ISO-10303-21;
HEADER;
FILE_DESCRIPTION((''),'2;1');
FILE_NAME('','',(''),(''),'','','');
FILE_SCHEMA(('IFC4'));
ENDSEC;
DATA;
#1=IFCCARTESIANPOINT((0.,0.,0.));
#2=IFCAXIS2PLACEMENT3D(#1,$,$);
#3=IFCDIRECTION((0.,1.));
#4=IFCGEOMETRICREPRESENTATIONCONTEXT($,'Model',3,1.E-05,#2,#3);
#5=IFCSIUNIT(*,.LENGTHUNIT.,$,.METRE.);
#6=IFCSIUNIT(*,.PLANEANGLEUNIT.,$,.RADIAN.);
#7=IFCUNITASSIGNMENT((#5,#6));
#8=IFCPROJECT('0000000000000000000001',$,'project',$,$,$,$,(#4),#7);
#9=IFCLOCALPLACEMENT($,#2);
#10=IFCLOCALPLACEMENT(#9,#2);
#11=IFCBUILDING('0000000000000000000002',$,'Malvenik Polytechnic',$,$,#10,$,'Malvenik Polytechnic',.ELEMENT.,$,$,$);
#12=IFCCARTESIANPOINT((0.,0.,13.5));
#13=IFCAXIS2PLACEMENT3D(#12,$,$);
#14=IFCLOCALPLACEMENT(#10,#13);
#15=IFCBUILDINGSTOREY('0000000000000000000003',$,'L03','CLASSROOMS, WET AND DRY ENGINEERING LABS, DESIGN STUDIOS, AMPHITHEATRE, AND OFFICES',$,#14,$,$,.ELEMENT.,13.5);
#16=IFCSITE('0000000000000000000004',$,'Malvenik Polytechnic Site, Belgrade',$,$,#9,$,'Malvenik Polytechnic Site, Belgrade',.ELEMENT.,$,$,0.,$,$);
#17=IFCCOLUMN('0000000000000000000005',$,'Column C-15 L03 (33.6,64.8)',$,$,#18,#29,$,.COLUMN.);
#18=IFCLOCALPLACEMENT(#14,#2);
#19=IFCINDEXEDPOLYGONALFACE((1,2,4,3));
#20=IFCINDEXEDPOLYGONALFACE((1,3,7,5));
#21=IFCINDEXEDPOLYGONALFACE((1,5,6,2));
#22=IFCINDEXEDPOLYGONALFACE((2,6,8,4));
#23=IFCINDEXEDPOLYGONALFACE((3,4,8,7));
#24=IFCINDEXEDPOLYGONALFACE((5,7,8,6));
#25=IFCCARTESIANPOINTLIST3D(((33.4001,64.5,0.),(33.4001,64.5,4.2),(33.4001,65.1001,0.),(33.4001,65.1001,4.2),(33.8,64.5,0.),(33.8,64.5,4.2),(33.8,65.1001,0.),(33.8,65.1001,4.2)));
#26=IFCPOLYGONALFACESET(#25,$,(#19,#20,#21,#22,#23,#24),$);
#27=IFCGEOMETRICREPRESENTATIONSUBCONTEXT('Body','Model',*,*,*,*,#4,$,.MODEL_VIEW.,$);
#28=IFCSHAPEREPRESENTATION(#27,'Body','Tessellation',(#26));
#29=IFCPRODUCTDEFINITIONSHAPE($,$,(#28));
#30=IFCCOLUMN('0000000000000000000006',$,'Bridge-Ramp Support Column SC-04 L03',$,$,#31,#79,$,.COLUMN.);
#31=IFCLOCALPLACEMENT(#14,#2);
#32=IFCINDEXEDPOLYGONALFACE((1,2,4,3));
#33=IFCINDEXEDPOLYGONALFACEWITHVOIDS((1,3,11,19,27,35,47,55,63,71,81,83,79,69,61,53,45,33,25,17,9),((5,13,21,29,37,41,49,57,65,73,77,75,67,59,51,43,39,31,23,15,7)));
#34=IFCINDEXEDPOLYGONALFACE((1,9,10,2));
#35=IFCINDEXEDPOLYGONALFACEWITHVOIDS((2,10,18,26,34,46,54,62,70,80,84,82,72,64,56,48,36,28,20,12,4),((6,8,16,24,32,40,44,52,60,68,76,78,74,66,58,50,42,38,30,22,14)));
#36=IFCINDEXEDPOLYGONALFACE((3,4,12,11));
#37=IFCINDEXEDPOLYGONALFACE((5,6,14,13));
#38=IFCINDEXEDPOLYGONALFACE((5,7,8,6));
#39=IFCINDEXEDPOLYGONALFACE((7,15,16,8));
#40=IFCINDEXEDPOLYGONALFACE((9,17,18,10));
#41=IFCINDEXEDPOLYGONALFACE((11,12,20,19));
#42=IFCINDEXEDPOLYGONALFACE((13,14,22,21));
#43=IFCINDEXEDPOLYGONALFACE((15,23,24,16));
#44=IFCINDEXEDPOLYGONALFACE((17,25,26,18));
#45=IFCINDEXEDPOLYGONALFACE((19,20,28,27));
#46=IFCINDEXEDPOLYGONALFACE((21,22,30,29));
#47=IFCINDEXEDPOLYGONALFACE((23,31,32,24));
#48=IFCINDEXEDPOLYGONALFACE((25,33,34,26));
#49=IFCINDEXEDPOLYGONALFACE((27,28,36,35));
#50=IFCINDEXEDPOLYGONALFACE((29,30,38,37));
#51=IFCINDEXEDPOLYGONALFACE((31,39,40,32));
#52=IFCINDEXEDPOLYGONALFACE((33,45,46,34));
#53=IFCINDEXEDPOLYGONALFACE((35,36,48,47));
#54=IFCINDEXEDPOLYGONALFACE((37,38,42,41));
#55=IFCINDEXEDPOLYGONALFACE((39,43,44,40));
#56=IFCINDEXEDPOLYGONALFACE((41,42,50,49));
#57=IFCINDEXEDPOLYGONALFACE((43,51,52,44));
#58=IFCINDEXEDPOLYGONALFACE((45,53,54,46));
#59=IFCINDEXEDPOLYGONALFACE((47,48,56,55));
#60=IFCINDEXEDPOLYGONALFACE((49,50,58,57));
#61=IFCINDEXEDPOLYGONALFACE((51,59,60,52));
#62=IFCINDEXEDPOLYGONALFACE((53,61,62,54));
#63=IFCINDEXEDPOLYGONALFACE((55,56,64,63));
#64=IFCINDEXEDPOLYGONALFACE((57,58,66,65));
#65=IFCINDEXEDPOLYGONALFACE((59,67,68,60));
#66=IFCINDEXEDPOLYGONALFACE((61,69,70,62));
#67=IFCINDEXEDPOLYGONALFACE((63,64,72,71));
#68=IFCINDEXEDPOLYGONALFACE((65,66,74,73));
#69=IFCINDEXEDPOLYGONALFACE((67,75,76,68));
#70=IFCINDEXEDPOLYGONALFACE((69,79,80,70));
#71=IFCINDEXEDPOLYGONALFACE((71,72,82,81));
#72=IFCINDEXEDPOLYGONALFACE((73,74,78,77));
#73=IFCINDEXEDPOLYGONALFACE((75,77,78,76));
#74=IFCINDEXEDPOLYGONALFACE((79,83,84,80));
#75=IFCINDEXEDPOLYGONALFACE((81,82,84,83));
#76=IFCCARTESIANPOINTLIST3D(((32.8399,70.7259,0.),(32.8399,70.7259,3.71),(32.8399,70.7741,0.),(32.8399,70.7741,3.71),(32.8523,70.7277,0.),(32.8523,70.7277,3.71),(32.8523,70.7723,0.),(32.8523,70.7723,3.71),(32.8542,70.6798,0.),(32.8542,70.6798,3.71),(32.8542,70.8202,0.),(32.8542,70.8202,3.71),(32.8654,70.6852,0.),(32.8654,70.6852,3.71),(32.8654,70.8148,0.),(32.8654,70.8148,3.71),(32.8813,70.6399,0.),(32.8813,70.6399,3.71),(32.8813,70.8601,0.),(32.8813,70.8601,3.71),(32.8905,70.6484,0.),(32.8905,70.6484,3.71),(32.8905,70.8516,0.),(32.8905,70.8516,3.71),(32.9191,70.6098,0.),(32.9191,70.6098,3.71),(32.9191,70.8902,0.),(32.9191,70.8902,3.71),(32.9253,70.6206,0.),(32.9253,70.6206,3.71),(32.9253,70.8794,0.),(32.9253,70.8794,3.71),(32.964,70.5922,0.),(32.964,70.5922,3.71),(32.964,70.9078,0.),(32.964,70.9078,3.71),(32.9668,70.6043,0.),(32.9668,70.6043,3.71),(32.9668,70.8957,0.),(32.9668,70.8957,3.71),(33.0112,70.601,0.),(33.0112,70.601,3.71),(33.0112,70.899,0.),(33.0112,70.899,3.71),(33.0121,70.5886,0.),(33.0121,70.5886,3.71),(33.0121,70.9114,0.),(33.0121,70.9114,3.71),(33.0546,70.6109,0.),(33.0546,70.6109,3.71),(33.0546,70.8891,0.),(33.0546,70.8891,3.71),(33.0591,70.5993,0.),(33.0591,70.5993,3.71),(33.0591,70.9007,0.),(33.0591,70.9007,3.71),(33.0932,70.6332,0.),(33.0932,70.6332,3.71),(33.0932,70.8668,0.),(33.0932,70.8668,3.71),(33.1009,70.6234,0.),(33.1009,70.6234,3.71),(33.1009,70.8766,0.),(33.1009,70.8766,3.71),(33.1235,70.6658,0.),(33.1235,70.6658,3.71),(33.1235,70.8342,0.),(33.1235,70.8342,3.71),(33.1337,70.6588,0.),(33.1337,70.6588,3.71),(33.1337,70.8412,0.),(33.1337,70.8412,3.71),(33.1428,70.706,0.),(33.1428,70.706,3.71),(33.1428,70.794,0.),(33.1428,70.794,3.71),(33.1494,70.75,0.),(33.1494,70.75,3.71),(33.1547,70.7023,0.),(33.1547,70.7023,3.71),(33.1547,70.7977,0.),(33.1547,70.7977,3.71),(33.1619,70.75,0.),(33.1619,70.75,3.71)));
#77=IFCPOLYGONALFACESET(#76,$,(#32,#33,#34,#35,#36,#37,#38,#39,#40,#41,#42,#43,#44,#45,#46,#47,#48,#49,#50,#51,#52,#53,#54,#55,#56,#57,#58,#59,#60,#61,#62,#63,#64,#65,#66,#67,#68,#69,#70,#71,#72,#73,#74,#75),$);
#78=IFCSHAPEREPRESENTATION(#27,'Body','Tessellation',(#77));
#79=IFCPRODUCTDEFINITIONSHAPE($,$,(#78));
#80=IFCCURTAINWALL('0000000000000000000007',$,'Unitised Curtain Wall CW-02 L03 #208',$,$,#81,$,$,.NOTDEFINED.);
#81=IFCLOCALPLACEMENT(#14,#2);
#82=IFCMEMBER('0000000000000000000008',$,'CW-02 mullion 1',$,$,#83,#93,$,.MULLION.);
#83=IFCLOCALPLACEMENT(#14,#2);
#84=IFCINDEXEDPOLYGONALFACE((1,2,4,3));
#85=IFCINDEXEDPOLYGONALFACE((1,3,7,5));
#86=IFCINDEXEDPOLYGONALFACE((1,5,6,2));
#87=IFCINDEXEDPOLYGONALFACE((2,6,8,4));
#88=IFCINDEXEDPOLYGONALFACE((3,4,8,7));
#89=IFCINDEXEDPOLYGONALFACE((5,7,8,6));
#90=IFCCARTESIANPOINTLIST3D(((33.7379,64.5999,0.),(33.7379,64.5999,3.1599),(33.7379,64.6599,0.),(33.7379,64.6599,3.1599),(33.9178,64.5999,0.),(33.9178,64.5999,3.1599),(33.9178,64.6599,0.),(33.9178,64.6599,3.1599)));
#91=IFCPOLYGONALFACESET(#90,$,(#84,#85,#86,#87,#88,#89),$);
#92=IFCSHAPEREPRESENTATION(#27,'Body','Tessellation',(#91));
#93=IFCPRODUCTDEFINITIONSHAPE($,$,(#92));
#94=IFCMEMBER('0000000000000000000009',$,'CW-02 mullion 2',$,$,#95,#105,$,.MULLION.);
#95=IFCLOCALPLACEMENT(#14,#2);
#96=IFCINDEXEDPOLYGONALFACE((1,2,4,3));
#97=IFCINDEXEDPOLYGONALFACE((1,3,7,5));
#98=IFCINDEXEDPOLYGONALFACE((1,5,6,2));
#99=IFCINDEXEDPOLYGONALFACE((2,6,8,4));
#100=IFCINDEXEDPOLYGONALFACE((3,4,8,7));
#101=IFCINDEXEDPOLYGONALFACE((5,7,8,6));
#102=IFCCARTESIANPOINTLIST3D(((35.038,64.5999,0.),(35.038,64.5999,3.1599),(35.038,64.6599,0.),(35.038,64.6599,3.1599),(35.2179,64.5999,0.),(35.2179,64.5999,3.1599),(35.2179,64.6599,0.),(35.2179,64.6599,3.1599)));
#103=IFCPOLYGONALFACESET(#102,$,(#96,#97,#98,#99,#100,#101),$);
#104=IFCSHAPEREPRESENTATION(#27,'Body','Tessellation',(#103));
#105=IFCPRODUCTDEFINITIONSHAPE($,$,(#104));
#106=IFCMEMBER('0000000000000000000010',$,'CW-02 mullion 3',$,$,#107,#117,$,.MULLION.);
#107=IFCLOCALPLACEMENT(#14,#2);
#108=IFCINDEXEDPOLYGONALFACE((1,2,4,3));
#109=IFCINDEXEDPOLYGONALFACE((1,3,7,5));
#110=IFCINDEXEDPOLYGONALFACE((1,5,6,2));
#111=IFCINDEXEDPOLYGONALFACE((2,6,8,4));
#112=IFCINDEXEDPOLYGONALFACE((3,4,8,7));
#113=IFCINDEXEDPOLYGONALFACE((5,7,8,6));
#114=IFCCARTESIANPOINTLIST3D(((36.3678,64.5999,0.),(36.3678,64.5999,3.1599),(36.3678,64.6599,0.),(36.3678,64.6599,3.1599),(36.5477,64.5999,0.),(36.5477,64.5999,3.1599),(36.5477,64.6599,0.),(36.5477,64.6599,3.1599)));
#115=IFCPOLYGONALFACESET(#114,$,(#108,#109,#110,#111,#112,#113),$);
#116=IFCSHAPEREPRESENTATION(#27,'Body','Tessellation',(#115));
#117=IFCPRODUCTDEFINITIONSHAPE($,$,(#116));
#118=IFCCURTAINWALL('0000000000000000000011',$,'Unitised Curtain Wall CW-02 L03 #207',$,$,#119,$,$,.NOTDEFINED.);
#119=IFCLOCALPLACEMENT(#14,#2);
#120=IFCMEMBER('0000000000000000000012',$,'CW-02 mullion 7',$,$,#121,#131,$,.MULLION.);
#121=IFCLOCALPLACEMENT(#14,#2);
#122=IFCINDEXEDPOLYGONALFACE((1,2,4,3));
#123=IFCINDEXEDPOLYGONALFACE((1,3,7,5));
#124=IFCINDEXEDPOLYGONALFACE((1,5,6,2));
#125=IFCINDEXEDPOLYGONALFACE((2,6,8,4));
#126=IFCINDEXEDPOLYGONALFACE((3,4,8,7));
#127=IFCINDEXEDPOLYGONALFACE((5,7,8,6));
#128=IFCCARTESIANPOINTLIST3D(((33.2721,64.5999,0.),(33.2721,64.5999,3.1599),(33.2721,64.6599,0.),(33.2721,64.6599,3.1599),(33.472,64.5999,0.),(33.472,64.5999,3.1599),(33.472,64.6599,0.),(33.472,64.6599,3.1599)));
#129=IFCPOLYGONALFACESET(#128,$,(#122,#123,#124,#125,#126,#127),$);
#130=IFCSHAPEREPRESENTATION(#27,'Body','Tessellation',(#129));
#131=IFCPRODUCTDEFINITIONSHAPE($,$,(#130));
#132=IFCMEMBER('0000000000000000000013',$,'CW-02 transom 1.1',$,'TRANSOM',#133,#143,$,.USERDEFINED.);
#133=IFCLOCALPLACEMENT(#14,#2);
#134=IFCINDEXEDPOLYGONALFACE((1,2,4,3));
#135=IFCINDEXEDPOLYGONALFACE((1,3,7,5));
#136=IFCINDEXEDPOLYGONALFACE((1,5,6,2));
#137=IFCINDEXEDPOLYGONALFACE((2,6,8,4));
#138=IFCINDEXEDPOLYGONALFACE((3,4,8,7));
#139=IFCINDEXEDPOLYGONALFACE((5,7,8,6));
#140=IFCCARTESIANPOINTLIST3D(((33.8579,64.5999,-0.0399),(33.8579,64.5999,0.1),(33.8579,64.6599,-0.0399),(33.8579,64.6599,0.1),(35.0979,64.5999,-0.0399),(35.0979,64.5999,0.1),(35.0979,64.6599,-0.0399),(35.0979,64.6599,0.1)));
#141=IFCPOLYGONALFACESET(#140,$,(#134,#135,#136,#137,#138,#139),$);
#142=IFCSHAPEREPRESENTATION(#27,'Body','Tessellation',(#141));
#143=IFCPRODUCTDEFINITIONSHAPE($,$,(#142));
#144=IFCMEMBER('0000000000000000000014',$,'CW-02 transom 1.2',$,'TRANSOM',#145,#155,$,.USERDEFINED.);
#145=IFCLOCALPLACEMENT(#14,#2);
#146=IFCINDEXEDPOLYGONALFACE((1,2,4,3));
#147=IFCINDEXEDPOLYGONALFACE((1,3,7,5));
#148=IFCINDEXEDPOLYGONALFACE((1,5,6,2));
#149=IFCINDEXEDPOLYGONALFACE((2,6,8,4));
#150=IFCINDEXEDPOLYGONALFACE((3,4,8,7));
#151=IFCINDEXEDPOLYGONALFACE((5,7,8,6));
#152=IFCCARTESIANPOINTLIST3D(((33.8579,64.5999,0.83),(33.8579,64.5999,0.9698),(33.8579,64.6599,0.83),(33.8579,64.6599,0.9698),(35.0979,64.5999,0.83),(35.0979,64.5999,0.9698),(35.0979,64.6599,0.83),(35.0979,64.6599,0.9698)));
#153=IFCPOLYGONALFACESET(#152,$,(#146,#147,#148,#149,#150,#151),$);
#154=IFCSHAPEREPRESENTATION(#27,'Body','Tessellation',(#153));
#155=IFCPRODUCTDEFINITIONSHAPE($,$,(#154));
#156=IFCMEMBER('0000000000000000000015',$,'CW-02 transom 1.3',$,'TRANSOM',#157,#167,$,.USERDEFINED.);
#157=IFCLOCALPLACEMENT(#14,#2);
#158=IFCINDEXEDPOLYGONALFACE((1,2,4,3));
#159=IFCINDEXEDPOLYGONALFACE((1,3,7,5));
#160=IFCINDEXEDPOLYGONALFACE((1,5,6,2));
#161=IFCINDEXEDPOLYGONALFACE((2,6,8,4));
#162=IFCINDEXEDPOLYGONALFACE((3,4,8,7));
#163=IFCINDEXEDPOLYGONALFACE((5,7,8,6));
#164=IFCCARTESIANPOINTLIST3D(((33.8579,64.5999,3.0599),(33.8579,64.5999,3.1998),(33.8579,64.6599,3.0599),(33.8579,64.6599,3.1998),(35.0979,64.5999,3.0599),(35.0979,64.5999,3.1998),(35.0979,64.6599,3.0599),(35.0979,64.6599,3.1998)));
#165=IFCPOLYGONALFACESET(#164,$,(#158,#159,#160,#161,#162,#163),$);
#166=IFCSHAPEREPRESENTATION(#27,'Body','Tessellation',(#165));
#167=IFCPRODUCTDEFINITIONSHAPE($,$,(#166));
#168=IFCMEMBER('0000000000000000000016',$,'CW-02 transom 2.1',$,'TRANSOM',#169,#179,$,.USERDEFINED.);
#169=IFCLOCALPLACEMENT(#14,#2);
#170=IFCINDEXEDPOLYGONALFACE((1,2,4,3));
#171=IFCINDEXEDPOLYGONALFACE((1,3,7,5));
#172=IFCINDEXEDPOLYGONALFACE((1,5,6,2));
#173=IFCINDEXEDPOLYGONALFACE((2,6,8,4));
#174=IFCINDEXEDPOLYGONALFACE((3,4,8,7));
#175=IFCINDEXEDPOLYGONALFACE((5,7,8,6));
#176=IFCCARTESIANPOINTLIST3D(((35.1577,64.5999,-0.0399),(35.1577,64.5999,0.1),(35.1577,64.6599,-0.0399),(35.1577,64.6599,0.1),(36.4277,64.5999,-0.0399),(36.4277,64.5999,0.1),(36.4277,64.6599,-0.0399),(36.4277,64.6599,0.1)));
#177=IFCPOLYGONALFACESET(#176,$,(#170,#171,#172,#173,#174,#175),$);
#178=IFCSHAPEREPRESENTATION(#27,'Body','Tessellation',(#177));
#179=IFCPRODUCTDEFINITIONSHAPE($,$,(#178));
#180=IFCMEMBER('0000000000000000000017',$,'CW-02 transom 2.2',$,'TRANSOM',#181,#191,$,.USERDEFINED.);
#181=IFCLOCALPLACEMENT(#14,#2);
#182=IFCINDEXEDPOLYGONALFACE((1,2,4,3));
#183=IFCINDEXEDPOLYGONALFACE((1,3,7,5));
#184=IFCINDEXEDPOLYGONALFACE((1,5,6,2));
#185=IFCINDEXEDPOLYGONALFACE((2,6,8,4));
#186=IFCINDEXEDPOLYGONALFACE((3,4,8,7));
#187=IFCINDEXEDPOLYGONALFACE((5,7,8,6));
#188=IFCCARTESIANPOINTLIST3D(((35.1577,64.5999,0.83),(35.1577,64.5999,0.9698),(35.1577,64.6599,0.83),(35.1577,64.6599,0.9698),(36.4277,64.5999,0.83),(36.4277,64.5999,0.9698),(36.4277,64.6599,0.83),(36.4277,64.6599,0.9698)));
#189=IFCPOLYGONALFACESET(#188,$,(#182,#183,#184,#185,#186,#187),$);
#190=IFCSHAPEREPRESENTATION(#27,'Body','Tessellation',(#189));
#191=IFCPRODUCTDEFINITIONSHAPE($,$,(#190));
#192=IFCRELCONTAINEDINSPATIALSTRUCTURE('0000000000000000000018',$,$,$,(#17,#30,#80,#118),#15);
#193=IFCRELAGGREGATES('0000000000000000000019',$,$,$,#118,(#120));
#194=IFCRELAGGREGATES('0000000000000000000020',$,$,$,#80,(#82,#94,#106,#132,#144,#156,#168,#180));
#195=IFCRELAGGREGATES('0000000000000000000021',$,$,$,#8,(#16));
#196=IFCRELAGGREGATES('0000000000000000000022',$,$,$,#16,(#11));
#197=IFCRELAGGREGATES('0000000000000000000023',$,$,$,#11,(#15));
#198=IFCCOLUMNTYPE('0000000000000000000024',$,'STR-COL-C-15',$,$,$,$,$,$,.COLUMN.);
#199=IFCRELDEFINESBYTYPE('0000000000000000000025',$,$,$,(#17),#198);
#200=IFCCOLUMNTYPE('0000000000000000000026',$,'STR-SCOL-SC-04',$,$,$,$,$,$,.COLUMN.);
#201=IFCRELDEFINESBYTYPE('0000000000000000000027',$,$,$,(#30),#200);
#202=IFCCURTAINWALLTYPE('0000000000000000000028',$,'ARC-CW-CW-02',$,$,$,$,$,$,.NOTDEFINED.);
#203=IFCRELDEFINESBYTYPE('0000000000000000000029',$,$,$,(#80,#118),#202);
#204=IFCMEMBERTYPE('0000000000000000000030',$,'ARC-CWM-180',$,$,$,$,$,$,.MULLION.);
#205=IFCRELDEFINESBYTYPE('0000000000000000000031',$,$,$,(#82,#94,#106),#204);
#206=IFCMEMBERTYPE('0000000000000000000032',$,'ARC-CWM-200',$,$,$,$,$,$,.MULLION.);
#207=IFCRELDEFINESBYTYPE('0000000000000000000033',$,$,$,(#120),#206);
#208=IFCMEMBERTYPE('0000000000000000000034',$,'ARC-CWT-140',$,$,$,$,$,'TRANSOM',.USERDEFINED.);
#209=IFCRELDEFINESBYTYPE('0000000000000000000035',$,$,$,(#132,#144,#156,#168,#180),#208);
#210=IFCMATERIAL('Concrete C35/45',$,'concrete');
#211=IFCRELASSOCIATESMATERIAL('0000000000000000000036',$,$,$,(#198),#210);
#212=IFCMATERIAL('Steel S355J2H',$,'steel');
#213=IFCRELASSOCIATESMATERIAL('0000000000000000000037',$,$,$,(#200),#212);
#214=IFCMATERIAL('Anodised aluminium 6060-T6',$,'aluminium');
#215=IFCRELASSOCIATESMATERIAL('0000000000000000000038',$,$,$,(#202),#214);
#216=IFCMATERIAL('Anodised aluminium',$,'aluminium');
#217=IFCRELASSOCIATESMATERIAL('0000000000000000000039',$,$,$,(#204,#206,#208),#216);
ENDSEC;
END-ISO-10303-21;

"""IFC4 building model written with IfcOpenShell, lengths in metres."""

from ifc_helpers import new_model, si_unit, direction, frame, origin, origin_2d, place, context, subcontext, project, spatial, rectangle, hollow_circle, extrude, material, material_profile, profile_set, type_object, element, aggregate, save


model = new_model("IFC4")

# Units and contexts
model_context = context("Model", 3, precision=1e-05, world=origin(), true_north=direction((0.0, 1.0)))
body_context = subcontext(model_context, "Body", "Model", "MODEL_VIEW")
ifc_project = project(units=[si_unit("LENGTHUNIT", "METRE"), si_unit("PLANEANGLEUNIT", "RADIAN")], contexts=[model_context])

# Site, building, storey
site_placement = place(None, origin())
site = spatial("IfcSite", under=ifc_project, at=site_placement, Name="Malvenik Polytechnic Site, Belgrade", LongName="Malvenik Polytechnic Site, Belgrade", CompositionType="ELEMENT", RefElevation=0.0)
building_placement = place(site_placement, origin())
building = spatial("IfcBuilding", under=site, at=building_placement, Name="Malvenik Polytechnic", LongName="Malvenik Polytechnic", CompositionType="ELEMENT")
storey_placement = place(building_placement, frame((0.0, 0.0, 13.5)))
storey = spatial("IfcBuildingStorey", under=building, at=storey_placement, Name="L03", Description="CLASSROOMS, WET AND DRY ENGINEERING LABS, DESIGN STUDIOS, AMPHITHEATRE, AND OFFICES", CompositionType="ELEMENT", Elevation=13.5)

# Columns
ifc_material_1 = material(Name="Concrete C35/45", Category="concrete")
ifc_material_profile_1 = material_profile(ifc_material_1, rectangle(XDim=0.3999, YDim=0.6001, at=origin_2d()), Name="RC COL 600x400")
ifc_profile_set_1 = profile_set([ifc_material_profile_1], Name="Concrete C35/45")
column_type_1 = type_object("IfcColumnType", Name="STR-COL-C-15", PredefinedType="COLUMN", material=ifc_profile_set_1)
column_1_placement = place(storey_placement, frame((33.6001, 64.8, 0.0), z_axis=(0.0, 0.0, 1.0), x_axis=(1.0, 0.0, 0.0)))
element("IfcColumn", 1, at=column_1_placement, inside=storey, type_object=column_type_1, Name="Column C-15 L03 (33.6,64.8)", PredefinedType="COLUMN", context=body_context, shape_type="SweptSolid", body=[
    extrude(rectangle(XDim=0.3999, YDim=0.6001, at=origin_2d()), origin(), (0.0, 0.0, 1.0), 4.2),
])
ifc_material_2 = material(Name="Steel S355J2H", Category="steel")
ifc_material_profile_2 = material_profile(ifc_material_2, hollow_circle(Radius=0.1619, WallThickness=0.0125, at=origin_2d()), Name="CHS 323.9x12.5")
ifc_profile_set_2 = profile_set([ifc_material_profile_2], Name="Steel S355J2H")
column_type_2 = type_object("IfcColumnType", Name="STR-SCOL-SC-04", PredefinedType="COLUMN", material=ifc_profile_set_2)
column_2_placement = place(storey_placement, frame((33.0, 70.75, 0.0), z_axis=(0.0, 0.0, 1.0), x_axis=(1.0, 0.0, 0.0)))
element("IfcColumn", 2, at=column_2_placement, inside=storey, type_object=column_type_2, Name="Bridge-Ramp Support Column SC-04 L03", PredefinedType="COLUMN", context=body_context, shape_type="SweptSolid", body=[
    extrude(hollow_circle(Radius=0.1619, WallThickness=0.0125, at=origin_2d()), origin(), (0.0, 0.0, 1.0), 3.71),
])

# Curtain wall, members
ifc_material_3 = material(Name="Anodised aluminium 6060-T6", Category="aluminium")
curtain_wall_type = type_object("IfcCurtainWallType", Name="ARC-CW-CW-02", PredefinedType="NOTDEFINED", material=ifc_material_3)
curtain_wall_1_placement = place(storey_placement, origin())
curtain_wall_1 = element("IfcCurtainWall", 3, at=curtain_wall_1_placement, inside=storey, type_object=curtain_wall_type, Name="Unitised Curtain Wall CW-02 L03 #208", PredefinedType="NOTDEFINED")
ifc_material_4 = material(Name="Anodised aluminium", Category="aluminium")
ifc_material_profile_3 = material_profile(ifc_material_4, rectangle(XDim=0.0601, YDim=0.1799, at=origin_2d()), Name="ALU MULLION 60x180")
ifc_profile_set_3 = profile_set([ifc_material_profile_3], Name="Anodised aluminium")
member_type_1 = type_object("IfcMemberType", Name="ARC-CWM-180", PredefinedType="MULLION", material=ifc_profile_set_3)
member_1_placement = place(storey_placement, frame((33.8279, 64.6299, 0.0), z_axis=(0.0, 0.0, 1.0), x_axis=(0.0, 1.0, 0.0)))
member_1 = element("IfcMember", 4, at=member_1_placement, type_object=member_type_1, Name="CW-02 mullion 1", PredefinedType="MULLION", context=body_context, shape_type="SweptSolid", body=[
    extrude(rectangle(XDim=0.0601, YDim=0.1799, at=origin_2d()), origin(), (0.0, 0.0, 1.0), 3.1599),
])
member_2_placement = place(storey_placement, frame((35.1279, 64.6299, 0.0), z_axis=(0.0, 0.0, 1.0), x_axis=(0.0, 1.0, 0.0)))
member_2 = element("IfcMember", 5, at=member_2_placement, type_object=member_type_1, Name="CW-02 mullion 2", PredefinedType="MULLION", context=body_context, shape_type="SweptSolid", body=[
    extrude(rectangle(XDim=0.0601, YDim=0.1799, at=origin_2d()), origin(), (0.0, 0.0, 1.0), 3.1599),
])
member_3_placement = place(storey_placement, frame((36.4578, 64.6299, 0.0), z_axis=(0.0, 0.0, 1.0), x_axis=(0.0, 1.0, 0.0)))
member_3 = element("IfcMember", 6, at=member_3_placement, type_object=member_type_1, Name="CW-02 mullion 3", PredefinedType="MULLION", context=body_context, shape_type="SweptSolid", body=[
    extrude(rectangle(XDim=0.0601, YDim=0.1799, at=origin_2d()), origin(), (0.0, 0.0, 1.0), 3.1599),
])

# Curtain wall, member
curtain_wall_2_placement = place(storey_placement, origin())
curtain_wall_2 = element("IfcCurtainWall", 7, at=curtain_wall_2_placement, inside=storey, type_object=curtain_wall_type, Name="Unitised Curtain Wall CW-02 L03 #207", PredefinedType="NOTDEFINED")
ifc_material_profile_4 = material_profile(ifc_material_4, rectangle(XDim=0.0601, YDim=0.2, at=origin_2d()), Name="ALU MULLION 60x200")
ifc_profile_set_4 = profile_set([ifc_material_profile_4], Name="Anodised aluminium")
member_type_2 = type_object("IfcMemberType", Name="ARC-CWM-200", PredefinedType="MULLION", material=ifc_profile_set_4)
member_4_placement = place(storey_placement, frame((33.3721, 64.6299, 0.0), z_axis=(0.0, 0.0, 1.0), x_axis=(0.0, 1.0, 0.0)))
member_4 = element("IfcMember", 8, at=member_4_placement, type_object=member_type_2, Name="CW-02 mullion 7", PredefinedType="MULLION", context=body_context, shape_type="SweptSolid", body=[
    extrude(rectangle(XDim=0.0601, YDim=0.2, at=origin_2d()), origin(), (0.0, 0.0, 1.0), 3.1599),
])
aggregate(curtain_wall_2, [member_4])

# Members
ifc_material_profile_5 = material_profile(ifc_material_4, rectangle(XDim=0.0601, YDim=0.1399, at=origin_2d()), Name="ALU TRANSOM 60x140")
ifc_profile_set_5 = profile_set([ifc_material_profile_5], Name="Anodised aluminium")
member_type_3 = type_object("IfcMemberType", Name="ARC-CWT-140", ElementType="TRANSOM", PredefinedType="USERDEFINED", material=ifc_profile_set_5)
member_5_placement = place(storey_placement, frame((33.8579, 64.6299, 0.03), z_axis=(1.0, 0.0, 0.0), x_axis=(0.0, 1.0, 0.0)))
member_5 = element("IfcMember", 9, at=member_5_placement, type_object=member_type_3, Name="CW-02 transom 1.1", ObjectType="TRANSOM", PredefinedType="USERDEFINED", context=body_context, shape_type="SweptSolid", body=[
    extrude(rectangle(XDim=0.0601, YDim=0.1399, at=origin_2d()), origin(), (0.0, 0.0, 1.0), 1.24),
])
member_6_placement = place(storey_placement, frame((33.8579, 64.6299, 0.8999), z_axis=(1.0, 0.0, 0.0), x_axis=(0.0, 1.0, 0.0)))
member_6 = element("IfcMember", 10, at=member_6_placement, type_object=member_type_3, Name="CW-02 transom 1.2", ObjectType="TRANSOM", PredefinedType="USERDEFINED", context=body_context, shape_type="SweptSolid", body=[
    extrude(rectangle(XDim=0.0601, YDim=0.1399, at=origin_2d()), origin(), (0.0, 0.0, 1.0), 1.24),
])
member_7_placement = place(storey_placement, frame((33.8579, 64.6299, 3.1299), z_axis=(1.0, 0.0, 0.0), x_axis=(0.0, 1.0, 0.0)))
member_7 = element("IfcMember", 11, at=member_7_placement, type_object=member_type_3, Name="CW-02 transom 1.3", ObjectType="TRANSOM", PredefinedType="USERDEFINED", context=body_context, shape_type="SweptSolid", body=[
    extrude(rectangle(XDim=0.0601, YDim=0.1399, at=origin_2d()), origin(), (0.0, 0.0, 1.0), 1.24),
])
member_8_placement = place(storey_placement, frame((35.1577, 64.6299, 0.03), z_axis=(1.0, 0.0, 0.0), x_axis=(0.0, 1.0, 0.0)))
member_8 = element("IfcMember", 12, at=member_8_placement, type_object=member_type_3, Name="CW-02 transom 2.1", ObjectType="TRANSOM", PredefinedType="USERDEFINED", context=body_context, shape_type="SweptSolid", body=[
    extrude(rectangle(XDim=0.0601, YDim=0.1399, at=origin_2d()), origin(), (0.0, 0.0, 1.0), 1.27),
])
member_9_placement = place(storey_placement, frame((35.1577, 64.6299, 0.8999), z_axis=(1.0, 0.0, 0.0), x_axis=(0.0, 1.0, 0.0)))
member_9 = element("IfcMember", 13, at=member_9_placement, type_object=member_type_3, Name="CW-02 transom 2.2", ObjectType="TRANSOM", PredefinedType="USERDEFINED", context=body_context, shape_type="SweptSolid", body=[
    extrude(rectangle(XDim=0.0601, YDim=0.1399, at=origin_2d()), origin(), (0.0, 0.0, 1.0), 1.27),
])

aggregate(curtain_wall_1, [member_1, member_2, member_3, member_5, member_6, member_7, member_8, member_9])

save(model, "model.ifc")
